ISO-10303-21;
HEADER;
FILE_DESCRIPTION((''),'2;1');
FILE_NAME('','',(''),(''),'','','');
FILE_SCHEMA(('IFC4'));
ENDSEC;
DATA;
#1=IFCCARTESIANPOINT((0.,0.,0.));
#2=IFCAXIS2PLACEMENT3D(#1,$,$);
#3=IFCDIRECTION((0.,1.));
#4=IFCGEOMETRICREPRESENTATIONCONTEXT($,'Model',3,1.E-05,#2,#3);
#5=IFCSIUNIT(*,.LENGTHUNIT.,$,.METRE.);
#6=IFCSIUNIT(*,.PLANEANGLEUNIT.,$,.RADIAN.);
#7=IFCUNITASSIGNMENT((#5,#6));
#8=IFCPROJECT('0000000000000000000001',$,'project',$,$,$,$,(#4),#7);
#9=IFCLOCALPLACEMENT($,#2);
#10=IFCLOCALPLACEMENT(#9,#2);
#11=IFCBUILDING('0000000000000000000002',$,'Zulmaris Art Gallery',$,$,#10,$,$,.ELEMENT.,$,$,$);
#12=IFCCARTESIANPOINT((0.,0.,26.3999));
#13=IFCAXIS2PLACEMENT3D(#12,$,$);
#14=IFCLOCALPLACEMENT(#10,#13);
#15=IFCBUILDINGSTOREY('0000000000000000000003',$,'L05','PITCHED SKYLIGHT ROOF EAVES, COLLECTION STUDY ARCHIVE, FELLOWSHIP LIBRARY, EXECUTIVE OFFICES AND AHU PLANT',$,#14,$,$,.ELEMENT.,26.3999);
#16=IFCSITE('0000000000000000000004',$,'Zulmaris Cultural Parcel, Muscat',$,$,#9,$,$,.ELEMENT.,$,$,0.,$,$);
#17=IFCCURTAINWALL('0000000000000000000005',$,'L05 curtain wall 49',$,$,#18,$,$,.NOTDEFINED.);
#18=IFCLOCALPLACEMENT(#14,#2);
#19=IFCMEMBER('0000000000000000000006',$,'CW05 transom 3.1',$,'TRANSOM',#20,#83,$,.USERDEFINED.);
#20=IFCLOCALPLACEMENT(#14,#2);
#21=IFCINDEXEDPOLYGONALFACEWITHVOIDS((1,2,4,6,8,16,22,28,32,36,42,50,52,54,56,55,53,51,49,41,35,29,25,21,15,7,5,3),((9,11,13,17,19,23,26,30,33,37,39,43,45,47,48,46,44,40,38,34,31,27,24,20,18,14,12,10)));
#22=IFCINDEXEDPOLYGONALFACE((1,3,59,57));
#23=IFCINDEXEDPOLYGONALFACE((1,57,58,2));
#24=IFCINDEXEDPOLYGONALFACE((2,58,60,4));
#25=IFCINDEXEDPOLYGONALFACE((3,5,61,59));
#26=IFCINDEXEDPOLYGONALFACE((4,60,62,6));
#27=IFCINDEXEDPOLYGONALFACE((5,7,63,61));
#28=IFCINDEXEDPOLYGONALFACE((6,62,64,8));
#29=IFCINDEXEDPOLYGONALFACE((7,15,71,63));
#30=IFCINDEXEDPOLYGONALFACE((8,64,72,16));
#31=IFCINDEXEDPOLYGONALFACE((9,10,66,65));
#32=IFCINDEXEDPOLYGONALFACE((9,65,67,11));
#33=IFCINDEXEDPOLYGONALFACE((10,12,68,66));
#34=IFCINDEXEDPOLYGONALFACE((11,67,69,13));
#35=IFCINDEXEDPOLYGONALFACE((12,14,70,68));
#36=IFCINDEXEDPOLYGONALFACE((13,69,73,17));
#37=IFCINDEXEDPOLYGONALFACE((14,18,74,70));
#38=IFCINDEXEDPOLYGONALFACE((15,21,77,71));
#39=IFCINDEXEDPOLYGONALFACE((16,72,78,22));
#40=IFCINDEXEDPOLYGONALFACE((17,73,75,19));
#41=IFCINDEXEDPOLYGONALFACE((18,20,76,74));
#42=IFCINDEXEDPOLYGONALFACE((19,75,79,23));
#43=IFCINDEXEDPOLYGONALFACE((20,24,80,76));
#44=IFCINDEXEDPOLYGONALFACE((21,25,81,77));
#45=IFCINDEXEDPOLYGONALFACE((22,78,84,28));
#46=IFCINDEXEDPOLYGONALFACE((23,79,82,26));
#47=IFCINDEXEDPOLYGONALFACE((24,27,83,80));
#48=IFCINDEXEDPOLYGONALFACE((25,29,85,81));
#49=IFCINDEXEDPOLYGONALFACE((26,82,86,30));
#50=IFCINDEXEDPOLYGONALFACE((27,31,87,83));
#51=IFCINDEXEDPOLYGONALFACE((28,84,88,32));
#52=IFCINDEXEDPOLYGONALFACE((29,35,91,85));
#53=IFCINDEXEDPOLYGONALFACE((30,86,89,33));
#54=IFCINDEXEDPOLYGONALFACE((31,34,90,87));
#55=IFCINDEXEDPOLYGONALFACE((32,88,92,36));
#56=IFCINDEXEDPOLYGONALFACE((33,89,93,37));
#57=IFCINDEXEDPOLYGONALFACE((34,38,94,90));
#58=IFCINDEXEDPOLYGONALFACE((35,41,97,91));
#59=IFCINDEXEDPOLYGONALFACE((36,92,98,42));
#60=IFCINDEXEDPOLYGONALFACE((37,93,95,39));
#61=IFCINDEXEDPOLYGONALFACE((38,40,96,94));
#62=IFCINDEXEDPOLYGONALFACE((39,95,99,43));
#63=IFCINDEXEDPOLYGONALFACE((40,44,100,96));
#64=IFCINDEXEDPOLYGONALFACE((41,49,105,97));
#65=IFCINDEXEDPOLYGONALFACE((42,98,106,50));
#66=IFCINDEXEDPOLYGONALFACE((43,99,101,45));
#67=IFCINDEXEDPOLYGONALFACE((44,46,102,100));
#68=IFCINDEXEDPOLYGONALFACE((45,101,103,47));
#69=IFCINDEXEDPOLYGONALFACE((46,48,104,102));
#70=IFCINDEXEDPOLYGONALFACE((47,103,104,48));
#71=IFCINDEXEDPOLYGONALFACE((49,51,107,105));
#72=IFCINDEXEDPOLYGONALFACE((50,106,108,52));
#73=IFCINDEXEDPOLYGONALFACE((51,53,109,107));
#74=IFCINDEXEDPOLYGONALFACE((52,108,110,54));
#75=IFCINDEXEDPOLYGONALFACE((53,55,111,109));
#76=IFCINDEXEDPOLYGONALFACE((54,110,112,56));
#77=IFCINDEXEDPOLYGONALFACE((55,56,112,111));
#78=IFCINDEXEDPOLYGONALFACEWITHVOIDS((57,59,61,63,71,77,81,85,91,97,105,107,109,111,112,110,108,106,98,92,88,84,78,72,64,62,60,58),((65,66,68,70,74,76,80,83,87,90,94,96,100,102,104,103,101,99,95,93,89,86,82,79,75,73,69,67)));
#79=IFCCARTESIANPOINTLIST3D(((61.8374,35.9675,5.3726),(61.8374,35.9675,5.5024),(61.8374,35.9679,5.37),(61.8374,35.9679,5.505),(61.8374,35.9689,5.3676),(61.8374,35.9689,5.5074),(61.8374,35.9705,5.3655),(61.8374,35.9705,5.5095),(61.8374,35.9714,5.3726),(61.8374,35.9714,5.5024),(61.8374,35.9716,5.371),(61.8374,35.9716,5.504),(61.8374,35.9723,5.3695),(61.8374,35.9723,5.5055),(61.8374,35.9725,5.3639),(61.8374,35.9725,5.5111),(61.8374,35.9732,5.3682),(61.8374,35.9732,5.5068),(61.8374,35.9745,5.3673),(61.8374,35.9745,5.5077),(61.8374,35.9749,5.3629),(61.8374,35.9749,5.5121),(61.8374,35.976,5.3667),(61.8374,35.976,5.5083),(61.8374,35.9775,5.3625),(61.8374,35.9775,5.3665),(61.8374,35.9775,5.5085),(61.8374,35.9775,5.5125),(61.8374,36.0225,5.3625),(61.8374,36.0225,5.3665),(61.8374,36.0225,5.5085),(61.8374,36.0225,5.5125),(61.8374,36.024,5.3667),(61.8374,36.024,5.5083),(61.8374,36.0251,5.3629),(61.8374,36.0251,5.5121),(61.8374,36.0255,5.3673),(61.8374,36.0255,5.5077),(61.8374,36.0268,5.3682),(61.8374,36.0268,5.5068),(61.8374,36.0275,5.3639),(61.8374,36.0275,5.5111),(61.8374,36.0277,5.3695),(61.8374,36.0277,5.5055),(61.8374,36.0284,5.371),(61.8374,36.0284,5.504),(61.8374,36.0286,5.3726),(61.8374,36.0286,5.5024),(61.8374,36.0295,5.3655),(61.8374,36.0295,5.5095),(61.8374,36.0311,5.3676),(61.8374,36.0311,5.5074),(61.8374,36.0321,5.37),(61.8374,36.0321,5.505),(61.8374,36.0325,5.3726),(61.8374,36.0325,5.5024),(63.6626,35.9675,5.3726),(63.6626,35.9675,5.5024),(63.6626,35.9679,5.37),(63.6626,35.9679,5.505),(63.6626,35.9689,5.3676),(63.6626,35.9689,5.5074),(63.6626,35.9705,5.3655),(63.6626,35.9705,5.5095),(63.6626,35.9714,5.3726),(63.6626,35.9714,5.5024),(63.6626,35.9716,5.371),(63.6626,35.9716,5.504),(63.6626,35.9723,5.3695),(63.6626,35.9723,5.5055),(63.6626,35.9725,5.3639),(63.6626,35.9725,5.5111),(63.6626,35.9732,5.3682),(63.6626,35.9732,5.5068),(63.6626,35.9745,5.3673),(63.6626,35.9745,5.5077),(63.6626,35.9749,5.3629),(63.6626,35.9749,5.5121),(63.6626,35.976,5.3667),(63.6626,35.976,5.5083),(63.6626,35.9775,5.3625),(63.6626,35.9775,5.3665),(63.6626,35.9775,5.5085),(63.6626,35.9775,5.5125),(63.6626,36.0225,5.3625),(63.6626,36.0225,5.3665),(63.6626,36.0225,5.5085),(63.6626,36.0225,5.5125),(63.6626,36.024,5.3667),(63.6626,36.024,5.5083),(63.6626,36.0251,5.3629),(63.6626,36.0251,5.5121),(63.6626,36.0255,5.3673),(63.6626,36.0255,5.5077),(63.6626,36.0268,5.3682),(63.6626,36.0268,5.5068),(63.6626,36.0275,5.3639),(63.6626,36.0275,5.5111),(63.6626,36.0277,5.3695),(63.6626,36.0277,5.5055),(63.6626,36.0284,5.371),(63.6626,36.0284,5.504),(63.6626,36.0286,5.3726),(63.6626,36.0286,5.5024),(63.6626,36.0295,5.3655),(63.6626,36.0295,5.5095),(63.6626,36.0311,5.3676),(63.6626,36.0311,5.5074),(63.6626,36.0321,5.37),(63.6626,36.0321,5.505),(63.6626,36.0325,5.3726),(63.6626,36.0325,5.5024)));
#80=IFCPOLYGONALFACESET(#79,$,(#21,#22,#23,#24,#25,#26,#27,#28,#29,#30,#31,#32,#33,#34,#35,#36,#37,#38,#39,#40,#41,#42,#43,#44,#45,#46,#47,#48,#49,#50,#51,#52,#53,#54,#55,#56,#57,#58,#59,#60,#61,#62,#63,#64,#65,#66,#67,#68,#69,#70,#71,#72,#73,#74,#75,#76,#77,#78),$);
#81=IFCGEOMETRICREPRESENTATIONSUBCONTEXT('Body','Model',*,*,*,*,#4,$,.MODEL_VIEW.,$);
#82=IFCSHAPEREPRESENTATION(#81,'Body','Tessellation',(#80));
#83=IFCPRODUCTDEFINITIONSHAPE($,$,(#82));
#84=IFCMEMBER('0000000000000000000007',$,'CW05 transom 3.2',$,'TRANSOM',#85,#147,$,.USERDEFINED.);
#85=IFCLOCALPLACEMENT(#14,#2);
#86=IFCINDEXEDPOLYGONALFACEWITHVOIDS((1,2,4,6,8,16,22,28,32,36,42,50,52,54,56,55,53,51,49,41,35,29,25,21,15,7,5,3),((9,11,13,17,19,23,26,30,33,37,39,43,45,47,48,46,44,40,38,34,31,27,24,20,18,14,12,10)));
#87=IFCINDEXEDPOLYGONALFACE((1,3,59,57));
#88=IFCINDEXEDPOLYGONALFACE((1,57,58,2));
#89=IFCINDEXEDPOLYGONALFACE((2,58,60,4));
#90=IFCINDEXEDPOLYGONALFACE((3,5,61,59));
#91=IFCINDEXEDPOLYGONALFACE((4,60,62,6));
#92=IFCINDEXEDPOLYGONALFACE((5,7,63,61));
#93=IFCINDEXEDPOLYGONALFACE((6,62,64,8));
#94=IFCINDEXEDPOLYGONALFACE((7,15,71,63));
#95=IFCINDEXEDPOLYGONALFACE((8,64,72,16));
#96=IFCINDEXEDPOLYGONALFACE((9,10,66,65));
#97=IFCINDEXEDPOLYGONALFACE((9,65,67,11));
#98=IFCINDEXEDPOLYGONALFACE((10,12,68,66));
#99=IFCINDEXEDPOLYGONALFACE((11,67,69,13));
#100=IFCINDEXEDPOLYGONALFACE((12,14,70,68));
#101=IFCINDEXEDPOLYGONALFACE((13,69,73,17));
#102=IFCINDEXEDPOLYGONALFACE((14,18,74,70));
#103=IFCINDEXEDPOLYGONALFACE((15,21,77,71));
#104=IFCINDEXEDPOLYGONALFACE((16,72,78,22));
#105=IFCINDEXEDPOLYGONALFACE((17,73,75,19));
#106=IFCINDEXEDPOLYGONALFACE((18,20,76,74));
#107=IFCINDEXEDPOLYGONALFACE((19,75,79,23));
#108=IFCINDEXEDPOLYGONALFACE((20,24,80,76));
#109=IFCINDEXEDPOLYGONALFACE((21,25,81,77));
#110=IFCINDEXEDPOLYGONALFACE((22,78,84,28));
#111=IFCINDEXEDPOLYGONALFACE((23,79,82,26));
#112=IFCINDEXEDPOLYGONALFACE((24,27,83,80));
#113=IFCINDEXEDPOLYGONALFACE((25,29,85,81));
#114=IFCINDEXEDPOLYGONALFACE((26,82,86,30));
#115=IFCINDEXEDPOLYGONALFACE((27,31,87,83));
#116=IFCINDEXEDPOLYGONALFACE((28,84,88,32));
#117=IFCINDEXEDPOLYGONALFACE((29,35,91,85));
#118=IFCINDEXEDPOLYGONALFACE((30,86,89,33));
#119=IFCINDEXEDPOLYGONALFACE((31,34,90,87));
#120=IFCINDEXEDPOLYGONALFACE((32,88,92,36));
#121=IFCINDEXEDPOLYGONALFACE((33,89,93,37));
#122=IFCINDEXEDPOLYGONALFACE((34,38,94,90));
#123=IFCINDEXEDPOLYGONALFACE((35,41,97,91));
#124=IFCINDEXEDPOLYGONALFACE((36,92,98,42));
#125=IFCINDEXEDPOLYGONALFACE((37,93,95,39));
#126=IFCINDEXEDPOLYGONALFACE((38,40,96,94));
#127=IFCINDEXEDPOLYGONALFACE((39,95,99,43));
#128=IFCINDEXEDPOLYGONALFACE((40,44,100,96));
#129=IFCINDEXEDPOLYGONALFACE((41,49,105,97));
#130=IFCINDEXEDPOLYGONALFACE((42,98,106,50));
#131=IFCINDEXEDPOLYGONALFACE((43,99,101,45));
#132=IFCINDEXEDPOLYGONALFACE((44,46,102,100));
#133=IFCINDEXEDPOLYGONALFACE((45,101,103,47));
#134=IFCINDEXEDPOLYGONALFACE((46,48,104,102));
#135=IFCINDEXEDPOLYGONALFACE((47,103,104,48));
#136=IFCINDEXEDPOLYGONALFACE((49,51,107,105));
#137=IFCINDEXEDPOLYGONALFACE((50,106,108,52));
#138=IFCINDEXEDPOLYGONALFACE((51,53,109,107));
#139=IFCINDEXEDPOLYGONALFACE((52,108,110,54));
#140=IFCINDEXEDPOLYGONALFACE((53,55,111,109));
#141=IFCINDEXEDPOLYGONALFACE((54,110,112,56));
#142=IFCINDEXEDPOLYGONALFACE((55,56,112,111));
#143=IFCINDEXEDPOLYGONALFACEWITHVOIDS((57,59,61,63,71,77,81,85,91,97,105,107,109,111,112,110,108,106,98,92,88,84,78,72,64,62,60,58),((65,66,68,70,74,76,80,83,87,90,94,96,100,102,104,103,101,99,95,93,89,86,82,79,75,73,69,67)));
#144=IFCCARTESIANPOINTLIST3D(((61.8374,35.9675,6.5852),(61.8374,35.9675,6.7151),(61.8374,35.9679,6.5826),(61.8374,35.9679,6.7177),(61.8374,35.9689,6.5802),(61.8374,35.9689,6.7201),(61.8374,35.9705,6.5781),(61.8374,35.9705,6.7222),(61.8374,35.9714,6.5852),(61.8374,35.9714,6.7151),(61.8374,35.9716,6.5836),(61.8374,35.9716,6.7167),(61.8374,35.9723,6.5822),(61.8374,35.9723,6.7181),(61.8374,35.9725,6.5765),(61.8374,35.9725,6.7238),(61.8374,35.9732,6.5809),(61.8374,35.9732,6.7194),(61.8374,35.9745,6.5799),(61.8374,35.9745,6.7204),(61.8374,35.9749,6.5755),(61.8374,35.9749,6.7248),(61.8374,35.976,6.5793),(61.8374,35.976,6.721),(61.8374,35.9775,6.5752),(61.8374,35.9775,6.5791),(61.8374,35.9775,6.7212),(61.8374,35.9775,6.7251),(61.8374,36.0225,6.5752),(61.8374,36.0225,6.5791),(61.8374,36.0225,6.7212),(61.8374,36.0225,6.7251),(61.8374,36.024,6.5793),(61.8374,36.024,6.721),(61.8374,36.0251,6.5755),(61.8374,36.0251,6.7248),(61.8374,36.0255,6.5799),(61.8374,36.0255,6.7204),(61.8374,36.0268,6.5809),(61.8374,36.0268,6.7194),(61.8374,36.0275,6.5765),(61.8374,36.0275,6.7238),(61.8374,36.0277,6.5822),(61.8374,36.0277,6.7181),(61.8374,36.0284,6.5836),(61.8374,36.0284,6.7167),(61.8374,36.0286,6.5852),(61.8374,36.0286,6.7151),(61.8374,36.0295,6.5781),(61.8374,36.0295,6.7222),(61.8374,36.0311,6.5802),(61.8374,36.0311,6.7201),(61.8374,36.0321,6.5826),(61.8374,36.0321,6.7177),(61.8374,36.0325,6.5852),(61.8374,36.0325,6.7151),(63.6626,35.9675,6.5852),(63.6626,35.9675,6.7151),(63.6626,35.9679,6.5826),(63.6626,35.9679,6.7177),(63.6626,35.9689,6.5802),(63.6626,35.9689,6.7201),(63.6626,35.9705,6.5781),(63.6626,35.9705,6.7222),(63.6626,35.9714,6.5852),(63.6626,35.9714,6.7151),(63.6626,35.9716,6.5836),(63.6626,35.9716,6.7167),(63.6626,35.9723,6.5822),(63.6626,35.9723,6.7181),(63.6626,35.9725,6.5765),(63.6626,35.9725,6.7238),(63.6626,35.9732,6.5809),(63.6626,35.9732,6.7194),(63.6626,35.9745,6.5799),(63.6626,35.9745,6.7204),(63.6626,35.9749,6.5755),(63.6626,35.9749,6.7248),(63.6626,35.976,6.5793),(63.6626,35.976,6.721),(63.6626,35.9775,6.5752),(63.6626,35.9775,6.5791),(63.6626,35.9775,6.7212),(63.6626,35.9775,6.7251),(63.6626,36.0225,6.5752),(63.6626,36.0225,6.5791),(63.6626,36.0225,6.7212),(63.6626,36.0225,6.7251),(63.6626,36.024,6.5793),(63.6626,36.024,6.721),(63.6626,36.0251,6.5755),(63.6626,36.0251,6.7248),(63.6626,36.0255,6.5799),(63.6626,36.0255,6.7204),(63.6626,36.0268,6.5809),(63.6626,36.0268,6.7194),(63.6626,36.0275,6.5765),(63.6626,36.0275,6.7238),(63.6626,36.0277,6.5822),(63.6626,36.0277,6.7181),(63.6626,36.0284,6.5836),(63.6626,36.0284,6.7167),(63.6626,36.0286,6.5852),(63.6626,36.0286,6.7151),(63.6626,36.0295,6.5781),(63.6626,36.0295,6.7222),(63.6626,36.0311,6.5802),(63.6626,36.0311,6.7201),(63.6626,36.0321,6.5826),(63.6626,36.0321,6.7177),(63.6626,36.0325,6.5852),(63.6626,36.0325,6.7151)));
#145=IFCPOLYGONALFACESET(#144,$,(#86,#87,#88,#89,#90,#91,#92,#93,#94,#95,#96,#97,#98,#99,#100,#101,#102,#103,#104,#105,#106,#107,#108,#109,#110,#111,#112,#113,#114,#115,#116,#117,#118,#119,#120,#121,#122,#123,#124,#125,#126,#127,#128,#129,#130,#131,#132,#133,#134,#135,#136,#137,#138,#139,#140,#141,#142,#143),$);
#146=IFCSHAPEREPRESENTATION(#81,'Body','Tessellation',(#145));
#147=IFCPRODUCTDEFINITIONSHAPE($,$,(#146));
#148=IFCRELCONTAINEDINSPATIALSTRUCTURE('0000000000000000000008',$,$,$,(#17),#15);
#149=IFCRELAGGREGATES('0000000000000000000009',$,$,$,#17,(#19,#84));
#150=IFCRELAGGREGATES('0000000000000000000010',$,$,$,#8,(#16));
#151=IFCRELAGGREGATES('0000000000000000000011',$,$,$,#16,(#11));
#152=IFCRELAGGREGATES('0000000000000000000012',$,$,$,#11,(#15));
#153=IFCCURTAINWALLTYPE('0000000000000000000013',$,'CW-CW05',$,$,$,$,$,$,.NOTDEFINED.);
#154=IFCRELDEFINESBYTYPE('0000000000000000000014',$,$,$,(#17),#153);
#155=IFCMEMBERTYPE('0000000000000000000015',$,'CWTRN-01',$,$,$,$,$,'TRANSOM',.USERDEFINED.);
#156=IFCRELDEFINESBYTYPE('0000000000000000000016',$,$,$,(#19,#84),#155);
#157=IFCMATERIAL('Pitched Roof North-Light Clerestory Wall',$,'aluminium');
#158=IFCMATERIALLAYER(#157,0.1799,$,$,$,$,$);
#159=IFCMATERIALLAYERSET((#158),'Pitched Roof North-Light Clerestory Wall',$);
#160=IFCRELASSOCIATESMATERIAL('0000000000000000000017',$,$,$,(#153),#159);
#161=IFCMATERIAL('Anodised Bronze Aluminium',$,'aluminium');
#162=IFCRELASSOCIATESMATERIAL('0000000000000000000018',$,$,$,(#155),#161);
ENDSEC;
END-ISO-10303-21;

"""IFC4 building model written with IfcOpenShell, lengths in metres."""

from ifc_helpers import new_model, si_unit, direction, frame, origin, origin_2d, place, context, subcontext, project, spatial, hollow_rectangle, extrude, material, layer, layer_set, material_profile, profile_set, type_object, element, aggregate, save


model = new_model("IFC4")

# Units and contexts
model_context = context("Model", 3, precision=1e-05, world=origin(), true_north=direction((0.0, 1.0)))
body_context = subcontext(model_context, "Body", "Model", "MODEL_VIEW")
ifc_project = project(units=[si_unit("LENGTHUNIT", "METRE"), si_unit("PLANEANGLEUNIT", "RADIAN")], contexts=[model_context])

# Site, building, storey
site_placement = place(None, origin())
site = spatial("IfcSite", under=ifc_project, at=site_placement, Name="Zulmaris Cultural Parcel, Muscat", CompositionType="ELEMENT", RefElevation=0.0)
building_placement = place(site_placement, origin())
building = spatial("IfcBuilding", under=site, at=building_placement, Name="Zulmaris Art Gallery", CompositionType="ELEMENT")
storey_placement = place(building_placement, frame((0.0, 0.0, 26.3999)))
storey = spatial("IfcBuildingStorey", under=building, at=storey_placement, Name="L05", Description="PITCHED SKYLIGHT ROOF EAVES, COLLECTION STUDY ARCHIVE, FELLOWSHIP LIBRARY, EXECUTIVE OFFICES AND AHU PLANT", CompositionType="ELEMENT", Elevation=26.3999)

# Curtain wall, members
ifc_material_1 = material(Name="Pitched Roof North-Light Clerestory Wall", Category="aluminium")
ifc_layer_1 = layer(ifc_material_1, 0.1799)
ifc_layer_set_1 = layer_set([ifc_layer_1], Name="Pitched Roof North-Light Clerestory Wall")
curtain_wall_type = type_object("IfcCurtainWallType", Name="CW-CW05", PredefinedType="NOTDEFINED", material=ifc_layer_set_1)
curtain_wall_placement = place(storey_placement, origin())
curtain_wall = element("IfcCurtainWall", 1, at=curtain_wall_placement, inside=storey, type_object=curtain_wall_type, Name="L05 curtain wall 49", PredefinedType="NOTDEFINED")
ifc_material_2 = material(Name="Anodised Bronze Aluminium", Category="aluminium")
ifc_material_profile_1 = material_profile(ifc_material_2, hollow_rectangle(XDim=0.0649, YDim=0.1499, WallThickness=0.0039, InnerFilletRadius=0.0061, OuterFilletRadius=0.01, at=origin_2d()), Name="ALU 65x150x4")
ifc_profile_set_1 = profile_set([ifc_material_profile_1], Name="Anodised Bronze Aluminium")
member_type_1 = type_object("IfcMemberType", Name="CWTRN-01", ElementType="TRANSOM", PredefinedType="USERDEFINED", material=ifc_profile_set_1)
member_1_placement = place(storey_placement, frame((61.8374, 36.0, 5.4375), z_axis=(1.0, 0.0, 0.0), x_axis=(0.0, 1.0, 0.0)))
member_1 = element("IfcMember", 2, at=member_1_placement, type_object=member_type_1, Name="CW05 transom 3.1", ObjectType="TRANSOM", PredefinedType="USERDEFINED", context=body_context, shape_type="SweptSolid", body=[
    extrude(hollow_rectangle(XDim=0.0649, YDim=0.1499, WallThickness=0.0039, InnerFilletRadius=0.0061, OuterFilletRadius=0.01, at=origin_2d()), origin(), (0.0, 0.0, 1.0), 1.8252),
])
member_2_placement = place(storey_placement, frame((61.8374, 36.0, 6.6501), z_axis=(1.0, 0.0, 0.0), x_axis=(0.0, 1.0, 0.0)))
member_2 = element("IfcMember", 3, at=member_2_placement, type_object=member_type_1, Name="CW05 transom 3.2", ObjectType="TRANSOM", PredefinedType="USERDEFINED", context=body_context, shape_type="SweptSolid", body=[
    extrude(hollow_rectangle(XDim=0.0649, YDim=0.1499, WallThickness=0.0039, InnerFilletRadius=0.0061, OuterFilletRadius=0.01, at=origin_2d()), origin(), (0.0, 0.0, 1.0), 1.8252),
])

aggregate(curtain_wall, [member_1, member_2])

save(model, "model.ifc")
